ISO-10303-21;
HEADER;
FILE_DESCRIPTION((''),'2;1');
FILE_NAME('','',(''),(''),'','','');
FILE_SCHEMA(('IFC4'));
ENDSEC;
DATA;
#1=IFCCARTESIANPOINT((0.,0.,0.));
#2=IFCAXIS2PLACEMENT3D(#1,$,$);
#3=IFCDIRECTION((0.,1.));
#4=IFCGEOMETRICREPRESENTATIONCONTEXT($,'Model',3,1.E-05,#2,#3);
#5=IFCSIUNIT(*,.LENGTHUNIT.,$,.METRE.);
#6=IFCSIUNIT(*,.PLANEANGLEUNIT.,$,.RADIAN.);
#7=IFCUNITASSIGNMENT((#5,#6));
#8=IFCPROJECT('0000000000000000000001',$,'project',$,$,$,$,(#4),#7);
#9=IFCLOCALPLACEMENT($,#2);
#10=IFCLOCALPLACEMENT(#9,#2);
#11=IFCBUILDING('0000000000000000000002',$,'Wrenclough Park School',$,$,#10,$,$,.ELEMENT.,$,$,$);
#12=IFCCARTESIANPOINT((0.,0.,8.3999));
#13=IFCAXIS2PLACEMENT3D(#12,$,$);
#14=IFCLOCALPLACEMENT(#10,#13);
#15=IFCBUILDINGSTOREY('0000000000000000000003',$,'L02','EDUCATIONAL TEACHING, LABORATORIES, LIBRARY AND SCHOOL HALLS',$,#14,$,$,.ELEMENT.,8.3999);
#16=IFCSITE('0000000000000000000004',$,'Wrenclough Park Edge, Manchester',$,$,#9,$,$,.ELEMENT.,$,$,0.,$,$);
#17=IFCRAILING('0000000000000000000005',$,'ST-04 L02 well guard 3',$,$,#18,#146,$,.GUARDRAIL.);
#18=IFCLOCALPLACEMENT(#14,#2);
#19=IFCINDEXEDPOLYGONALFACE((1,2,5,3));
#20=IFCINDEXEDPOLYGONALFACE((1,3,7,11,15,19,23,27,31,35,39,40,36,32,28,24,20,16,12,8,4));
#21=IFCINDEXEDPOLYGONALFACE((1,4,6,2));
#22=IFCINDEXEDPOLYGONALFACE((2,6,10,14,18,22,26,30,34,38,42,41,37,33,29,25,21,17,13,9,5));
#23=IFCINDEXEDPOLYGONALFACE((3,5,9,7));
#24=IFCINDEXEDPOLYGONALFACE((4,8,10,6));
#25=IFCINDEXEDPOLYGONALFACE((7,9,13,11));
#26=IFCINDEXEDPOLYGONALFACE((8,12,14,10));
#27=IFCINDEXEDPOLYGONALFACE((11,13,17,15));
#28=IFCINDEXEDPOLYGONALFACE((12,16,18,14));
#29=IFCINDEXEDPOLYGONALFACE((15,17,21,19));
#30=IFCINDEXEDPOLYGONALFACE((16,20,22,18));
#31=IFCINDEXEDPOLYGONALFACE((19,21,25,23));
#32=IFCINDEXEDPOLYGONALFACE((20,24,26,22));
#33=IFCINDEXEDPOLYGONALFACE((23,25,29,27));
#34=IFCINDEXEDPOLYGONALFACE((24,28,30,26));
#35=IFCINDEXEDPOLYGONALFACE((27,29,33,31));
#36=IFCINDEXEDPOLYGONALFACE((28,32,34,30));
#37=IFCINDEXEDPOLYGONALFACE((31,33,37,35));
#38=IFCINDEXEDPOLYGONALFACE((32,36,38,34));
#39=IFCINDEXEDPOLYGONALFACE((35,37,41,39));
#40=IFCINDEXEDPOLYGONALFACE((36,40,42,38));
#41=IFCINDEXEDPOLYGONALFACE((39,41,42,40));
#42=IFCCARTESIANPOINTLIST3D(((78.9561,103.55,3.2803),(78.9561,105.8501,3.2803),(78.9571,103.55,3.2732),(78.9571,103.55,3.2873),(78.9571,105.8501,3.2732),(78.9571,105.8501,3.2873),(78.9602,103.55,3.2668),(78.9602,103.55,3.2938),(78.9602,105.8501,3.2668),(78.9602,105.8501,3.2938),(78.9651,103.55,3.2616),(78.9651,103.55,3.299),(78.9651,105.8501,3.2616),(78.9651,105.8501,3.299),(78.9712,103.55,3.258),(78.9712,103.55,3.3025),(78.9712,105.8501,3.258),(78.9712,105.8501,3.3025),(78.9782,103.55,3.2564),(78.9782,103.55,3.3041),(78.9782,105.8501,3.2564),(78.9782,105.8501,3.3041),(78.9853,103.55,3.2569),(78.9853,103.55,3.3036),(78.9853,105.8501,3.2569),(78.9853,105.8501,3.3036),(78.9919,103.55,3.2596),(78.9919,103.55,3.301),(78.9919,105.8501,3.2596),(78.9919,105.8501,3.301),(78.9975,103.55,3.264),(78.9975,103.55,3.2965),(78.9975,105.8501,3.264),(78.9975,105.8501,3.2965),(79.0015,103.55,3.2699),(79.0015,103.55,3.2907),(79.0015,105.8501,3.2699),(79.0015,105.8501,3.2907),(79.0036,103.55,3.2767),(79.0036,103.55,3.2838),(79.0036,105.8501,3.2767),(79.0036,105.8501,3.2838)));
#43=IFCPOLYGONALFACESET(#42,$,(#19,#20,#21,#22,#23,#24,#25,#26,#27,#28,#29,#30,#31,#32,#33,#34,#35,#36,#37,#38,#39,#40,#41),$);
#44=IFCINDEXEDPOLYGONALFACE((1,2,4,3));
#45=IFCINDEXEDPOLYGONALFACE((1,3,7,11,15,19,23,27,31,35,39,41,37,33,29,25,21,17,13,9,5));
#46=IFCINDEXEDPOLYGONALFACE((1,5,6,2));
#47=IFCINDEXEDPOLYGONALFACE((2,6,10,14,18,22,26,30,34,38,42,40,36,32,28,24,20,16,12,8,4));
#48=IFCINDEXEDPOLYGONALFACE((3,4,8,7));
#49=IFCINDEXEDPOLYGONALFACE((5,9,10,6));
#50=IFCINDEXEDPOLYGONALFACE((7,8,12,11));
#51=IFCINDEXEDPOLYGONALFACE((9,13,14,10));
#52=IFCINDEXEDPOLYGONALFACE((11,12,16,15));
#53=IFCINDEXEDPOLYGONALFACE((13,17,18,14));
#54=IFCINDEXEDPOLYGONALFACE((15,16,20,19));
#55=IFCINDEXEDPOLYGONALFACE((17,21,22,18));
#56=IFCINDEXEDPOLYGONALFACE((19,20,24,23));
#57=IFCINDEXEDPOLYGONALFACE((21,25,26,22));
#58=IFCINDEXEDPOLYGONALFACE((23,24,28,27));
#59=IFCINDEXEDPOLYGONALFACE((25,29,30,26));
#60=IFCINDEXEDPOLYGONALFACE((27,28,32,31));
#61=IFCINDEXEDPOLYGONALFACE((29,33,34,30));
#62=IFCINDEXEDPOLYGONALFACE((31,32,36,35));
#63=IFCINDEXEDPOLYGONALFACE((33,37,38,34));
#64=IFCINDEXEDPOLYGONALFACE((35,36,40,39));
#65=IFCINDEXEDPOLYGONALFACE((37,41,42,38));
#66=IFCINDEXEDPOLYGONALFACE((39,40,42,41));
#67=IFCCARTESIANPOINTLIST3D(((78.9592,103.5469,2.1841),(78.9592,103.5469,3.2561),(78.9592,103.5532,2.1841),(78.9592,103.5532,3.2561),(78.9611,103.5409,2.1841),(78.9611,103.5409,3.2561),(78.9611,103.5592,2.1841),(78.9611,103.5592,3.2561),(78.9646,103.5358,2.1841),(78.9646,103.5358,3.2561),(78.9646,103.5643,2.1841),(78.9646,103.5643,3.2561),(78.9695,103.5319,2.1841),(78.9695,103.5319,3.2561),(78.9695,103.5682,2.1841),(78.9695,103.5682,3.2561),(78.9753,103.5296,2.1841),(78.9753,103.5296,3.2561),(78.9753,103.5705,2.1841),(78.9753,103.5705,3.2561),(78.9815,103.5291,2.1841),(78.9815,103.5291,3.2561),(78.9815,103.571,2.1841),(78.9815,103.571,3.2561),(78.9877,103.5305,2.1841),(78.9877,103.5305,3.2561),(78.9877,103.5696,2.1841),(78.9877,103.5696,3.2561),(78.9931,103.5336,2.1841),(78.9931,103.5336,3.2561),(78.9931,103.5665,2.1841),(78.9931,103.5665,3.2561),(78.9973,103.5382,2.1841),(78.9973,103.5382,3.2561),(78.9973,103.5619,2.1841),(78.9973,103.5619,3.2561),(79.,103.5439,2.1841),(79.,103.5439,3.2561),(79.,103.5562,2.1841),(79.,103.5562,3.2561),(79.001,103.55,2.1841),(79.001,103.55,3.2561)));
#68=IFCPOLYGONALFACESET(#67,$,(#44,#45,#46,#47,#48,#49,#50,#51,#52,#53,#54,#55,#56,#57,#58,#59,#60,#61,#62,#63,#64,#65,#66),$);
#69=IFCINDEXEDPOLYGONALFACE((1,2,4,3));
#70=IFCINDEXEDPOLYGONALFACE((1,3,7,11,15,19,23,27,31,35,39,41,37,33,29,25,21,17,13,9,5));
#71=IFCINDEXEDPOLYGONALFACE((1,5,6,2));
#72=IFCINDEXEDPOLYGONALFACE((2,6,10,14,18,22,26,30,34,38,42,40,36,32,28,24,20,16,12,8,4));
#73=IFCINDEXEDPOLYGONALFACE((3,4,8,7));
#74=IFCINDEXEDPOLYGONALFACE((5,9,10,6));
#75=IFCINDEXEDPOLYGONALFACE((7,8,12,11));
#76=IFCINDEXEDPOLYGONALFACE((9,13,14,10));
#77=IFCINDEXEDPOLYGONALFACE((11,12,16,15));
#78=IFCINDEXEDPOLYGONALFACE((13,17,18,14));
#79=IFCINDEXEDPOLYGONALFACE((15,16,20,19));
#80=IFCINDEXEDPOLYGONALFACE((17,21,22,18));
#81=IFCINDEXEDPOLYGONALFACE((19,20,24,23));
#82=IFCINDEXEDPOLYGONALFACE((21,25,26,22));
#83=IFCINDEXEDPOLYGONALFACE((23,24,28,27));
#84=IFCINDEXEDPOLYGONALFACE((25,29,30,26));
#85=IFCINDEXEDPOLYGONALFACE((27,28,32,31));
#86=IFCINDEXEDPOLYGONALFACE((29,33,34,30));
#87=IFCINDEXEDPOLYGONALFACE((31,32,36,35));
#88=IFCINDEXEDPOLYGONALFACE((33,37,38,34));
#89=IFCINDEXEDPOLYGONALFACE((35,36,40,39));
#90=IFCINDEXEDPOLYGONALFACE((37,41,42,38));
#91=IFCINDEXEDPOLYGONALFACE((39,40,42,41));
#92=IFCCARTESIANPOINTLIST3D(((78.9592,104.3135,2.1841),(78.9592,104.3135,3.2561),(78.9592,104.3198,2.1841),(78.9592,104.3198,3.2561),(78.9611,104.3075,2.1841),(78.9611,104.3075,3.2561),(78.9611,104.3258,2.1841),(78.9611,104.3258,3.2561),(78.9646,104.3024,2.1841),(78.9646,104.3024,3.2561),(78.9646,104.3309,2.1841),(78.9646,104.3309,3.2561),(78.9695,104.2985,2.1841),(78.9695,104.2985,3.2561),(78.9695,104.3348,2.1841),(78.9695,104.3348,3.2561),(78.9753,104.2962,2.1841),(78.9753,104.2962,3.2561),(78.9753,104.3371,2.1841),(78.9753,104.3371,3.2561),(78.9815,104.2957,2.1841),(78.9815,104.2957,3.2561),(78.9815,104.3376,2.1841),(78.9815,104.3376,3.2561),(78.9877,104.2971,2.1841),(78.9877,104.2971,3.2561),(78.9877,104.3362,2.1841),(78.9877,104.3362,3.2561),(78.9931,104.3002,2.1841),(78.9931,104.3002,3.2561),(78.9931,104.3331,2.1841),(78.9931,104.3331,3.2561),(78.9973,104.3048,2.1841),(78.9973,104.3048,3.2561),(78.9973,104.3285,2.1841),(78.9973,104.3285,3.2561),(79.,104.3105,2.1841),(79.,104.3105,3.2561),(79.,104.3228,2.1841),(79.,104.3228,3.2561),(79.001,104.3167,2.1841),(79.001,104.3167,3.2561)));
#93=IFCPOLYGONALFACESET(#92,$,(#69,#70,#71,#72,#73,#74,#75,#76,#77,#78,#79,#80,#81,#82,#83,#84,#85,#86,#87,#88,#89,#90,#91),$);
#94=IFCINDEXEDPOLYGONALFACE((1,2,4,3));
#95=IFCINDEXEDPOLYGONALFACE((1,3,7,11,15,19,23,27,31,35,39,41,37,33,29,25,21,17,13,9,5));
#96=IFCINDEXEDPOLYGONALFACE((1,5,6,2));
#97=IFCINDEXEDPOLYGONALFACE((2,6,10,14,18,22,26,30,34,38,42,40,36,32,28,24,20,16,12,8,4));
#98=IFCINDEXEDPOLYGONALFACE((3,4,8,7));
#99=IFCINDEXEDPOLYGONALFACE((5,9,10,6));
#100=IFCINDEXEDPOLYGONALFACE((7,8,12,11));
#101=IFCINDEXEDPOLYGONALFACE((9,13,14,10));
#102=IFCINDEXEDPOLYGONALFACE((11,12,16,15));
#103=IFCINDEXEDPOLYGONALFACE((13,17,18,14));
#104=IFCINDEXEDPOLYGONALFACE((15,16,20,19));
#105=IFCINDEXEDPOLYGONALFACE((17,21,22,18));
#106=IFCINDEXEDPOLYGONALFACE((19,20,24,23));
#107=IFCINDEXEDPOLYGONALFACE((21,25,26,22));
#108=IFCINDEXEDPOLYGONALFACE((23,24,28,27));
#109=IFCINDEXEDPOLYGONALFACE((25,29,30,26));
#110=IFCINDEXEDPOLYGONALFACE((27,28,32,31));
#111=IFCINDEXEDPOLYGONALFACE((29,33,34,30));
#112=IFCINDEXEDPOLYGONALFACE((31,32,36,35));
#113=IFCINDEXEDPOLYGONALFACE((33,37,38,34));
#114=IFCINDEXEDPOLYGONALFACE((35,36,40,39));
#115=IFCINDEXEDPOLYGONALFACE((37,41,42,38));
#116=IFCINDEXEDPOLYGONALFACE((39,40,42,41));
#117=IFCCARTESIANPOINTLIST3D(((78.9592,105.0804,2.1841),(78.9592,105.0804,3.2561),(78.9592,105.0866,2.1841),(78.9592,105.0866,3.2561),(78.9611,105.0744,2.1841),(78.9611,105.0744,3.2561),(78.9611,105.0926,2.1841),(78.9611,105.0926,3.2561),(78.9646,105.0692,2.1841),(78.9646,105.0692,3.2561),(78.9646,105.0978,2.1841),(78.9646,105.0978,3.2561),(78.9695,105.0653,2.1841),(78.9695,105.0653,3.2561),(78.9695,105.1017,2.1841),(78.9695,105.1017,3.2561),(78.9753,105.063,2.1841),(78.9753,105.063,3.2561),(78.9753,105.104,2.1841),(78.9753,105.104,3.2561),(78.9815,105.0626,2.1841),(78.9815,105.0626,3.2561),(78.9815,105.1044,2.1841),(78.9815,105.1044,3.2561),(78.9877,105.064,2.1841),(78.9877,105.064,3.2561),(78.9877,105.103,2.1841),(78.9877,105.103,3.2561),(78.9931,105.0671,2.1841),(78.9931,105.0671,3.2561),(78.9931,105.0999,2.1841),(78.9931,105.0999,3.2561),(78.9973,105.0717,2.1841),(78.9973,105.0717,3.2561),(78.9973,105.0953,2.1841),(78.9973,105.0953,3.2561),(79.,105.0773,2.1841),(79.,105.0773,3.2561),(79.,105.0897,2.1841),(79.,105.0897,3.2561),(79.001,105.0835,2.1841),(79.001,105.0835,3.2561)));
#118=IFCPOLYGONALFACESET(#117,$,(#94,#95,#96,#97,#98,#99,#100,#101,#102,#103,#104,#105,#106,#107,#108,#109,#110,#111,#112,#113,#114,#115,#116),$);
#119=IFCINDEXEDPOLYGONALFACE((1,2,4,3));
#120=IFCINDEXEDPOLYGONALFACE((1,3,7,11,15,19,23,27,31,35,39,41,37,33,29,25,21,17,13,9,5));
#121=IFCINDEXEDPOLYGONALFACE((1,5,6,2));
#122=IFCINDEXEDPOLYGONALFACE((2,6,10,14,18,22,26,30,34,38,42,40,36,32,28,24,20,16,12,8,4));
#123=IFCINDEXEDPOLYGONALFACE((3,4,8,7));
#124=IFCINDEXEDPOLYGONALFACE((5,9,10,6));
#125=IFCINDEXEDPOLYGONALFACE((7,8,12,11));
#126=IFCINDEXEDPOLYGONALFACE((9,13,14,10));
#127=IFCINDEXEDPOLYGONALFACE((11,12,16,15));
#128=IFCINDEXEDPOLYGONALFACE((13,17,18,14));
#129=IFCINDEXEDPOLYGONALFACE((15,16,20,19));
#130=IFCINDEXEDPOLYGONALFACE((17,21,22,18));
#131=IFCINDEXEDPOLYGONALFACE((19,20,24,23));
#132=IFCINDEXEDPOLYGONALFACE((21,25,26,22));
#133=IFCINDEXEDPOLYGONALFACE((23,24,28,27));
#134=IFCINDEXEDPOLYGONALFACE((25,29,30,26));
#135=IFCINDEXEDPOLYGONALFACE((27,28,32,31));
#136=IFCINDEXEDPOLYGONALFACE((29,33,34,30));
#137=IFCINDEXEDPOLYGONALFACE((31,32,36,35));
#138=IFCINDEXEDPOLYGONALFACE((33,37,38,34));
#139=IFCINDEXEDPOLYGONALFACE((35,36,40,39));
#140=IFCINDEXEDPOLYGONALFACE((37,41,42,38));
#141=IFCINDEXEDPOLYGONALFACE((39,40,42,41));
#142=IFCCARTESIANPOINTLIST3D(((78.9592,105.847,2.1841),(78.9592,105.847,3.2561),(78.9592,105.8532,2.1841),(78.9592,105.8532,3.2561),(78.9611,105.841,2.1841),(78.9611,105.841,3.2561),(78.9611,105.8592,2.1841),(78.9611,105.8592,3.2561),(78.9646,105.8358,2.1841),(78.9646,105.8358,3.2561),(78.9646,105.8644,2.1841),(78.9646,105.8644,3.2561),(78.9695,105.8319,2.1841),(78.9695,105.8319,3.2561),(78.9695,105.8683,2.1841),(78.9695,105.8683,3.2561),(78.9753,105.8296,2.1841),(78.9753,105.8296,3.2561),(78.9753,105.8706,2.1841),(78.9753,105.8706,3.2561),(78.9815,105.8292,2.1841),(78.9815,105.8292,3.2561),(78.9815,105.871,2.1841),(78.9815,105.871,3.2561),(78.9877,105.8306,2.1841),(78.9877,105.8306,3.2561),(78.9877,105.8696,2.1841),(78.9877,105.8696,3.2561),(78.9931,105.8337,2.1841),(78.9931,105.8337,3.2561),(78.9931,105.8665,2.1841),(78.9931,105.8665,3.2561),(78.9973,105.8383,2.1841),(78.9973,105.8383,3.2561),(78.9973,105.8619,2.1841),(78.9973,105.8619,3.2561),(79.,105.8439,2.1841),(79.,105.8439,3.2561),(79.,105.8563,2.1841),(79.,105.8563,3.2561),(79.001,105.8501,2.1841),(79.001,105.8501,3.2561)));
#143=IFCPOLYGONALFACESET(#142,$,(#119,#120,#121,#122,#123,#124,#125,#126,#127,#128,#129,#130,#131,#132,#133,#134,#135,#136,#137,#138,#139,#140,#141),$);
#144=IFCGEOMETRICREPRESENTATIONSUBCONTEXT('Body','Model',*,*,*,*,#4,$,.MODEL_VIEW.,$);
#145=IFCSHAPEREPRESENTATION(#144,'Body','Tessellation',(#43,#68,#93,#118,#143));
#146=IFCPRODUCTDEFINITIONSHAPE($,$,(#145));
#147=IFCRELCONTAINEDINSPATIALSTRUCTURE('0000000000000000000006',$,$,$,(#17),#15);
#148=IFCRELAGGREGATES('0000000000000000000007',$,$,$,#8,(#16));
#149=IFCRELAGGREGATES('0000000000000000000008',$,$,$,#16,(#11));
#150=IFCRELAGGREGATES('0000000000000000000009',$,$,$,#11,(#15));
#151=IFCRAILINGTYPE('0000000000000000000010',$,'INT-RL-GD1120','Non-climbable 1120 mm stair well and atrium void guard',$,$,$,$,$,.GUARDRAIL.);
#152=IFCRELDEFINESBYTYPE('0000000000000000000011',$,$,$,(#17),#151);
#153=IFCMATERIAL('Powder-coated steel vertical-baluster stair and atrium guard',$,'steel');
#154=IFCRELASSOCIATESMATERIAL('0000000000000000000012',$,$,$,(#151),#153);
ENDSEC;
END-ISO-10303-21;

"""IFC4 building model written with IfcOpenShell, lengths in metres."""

from ifc_helpers import new_model, si_unit, direction, frame, origin, origin_2d, place, context, subcontext, project, spatial, circle, extrude, material, type_object, element, save


model = new_model("IFC4")

# Units and contexts
model_context = context("Model", 3, precision=1e-05, world=origin(), true_north=direction((0.0, 1.0)))
body_context = subcontext(model_context, "Body", "Model", "MODEL_VIEW")
ifc_project = project(units=[si_unit("LENGTHUNIT", "METRE"), si_unit("PLANEANGLEUNIT", "RADIAN")], contexts=[model_context])

# Site, building, storey
site_placement = place(None, origin())
site = spatial("IfcSite", under=ifc_project, at=site_placement, Name="Wrenclough Park Edge, Manchester", CompositionType="ELEMENT", RefElevation=0.0)
building_placement = place(site_placement, origin())
building = spatial("IfcBuilding", under=site, at=building_placement, Name="Wrenclough Park School", CompositionType="ELEMENT")
storey_placement = place(building_placement, frame((0.0, 0.0, 8.3999)))
storey = spatial("IfcBuildingStorey", under=building, at=storey_placement, Name="L02", Description="EDUCATIONAL TEACHING, LABORATORIES, LIBRARY AND SCHOOL HALLS", CompositionType="ELEMENT", Elevation=8.3999)

# Railing
ifc_material_1 = material(Name="Powder-coated steel vertical-baluster stair and atrium guard", Category="steel")
railing_type_1 = type_object("IfcRailingType", Name="INT-RL-GD1120", Description="Non-climbable 1120 mm stair well and atrium void guard", PredefinedType="GUARDRAIL", material=ifc_material_1)
railing_1_placement = place(storey_placement, frame((78.98, 103.55, 2.1841)))
element("IfcRailing", 1, at=railing_1_placement, inside=storey, type_object=railing_type_1, Name="ST-04 L02 well guard 3", PredefinedType="GUARDRAIL", context=body_context, shape_type="SweptSolid", body=[
    extrude(circle(Radius=0.0239, at=origin_2d()), frame((0.0, 0.0, 1.0962), z_axis=(0.0, 1.0, 0.0), x_axis=(-1.0, 0.0, 0.0)), (0.0, 0.0, 1.0), 2.3),
    extrude(circle(Radius=0.021, at=origin_2d()), origin(), (0.0, 0.0, 1.0), 1.072),
    extrude(circle(Radius=0.021, at=origin_2d()), frame((0.0, 0.7666, 0.0)), (0.0, 0.0, 1.0), 1.072),
    extrude(circle(Radius=0.021, at=origin_2d()), frame((0.0, 1.5334, 0.0)), (0.0, 0.0, 1.0), 1.072),
    extrude(circle(Radius=0.021, at=origin_2d()), frame((0.0, 2.3, 0.0)), (0.0, 0.0, 1.0), 1.072),
])

save(model, "model.ifc")
